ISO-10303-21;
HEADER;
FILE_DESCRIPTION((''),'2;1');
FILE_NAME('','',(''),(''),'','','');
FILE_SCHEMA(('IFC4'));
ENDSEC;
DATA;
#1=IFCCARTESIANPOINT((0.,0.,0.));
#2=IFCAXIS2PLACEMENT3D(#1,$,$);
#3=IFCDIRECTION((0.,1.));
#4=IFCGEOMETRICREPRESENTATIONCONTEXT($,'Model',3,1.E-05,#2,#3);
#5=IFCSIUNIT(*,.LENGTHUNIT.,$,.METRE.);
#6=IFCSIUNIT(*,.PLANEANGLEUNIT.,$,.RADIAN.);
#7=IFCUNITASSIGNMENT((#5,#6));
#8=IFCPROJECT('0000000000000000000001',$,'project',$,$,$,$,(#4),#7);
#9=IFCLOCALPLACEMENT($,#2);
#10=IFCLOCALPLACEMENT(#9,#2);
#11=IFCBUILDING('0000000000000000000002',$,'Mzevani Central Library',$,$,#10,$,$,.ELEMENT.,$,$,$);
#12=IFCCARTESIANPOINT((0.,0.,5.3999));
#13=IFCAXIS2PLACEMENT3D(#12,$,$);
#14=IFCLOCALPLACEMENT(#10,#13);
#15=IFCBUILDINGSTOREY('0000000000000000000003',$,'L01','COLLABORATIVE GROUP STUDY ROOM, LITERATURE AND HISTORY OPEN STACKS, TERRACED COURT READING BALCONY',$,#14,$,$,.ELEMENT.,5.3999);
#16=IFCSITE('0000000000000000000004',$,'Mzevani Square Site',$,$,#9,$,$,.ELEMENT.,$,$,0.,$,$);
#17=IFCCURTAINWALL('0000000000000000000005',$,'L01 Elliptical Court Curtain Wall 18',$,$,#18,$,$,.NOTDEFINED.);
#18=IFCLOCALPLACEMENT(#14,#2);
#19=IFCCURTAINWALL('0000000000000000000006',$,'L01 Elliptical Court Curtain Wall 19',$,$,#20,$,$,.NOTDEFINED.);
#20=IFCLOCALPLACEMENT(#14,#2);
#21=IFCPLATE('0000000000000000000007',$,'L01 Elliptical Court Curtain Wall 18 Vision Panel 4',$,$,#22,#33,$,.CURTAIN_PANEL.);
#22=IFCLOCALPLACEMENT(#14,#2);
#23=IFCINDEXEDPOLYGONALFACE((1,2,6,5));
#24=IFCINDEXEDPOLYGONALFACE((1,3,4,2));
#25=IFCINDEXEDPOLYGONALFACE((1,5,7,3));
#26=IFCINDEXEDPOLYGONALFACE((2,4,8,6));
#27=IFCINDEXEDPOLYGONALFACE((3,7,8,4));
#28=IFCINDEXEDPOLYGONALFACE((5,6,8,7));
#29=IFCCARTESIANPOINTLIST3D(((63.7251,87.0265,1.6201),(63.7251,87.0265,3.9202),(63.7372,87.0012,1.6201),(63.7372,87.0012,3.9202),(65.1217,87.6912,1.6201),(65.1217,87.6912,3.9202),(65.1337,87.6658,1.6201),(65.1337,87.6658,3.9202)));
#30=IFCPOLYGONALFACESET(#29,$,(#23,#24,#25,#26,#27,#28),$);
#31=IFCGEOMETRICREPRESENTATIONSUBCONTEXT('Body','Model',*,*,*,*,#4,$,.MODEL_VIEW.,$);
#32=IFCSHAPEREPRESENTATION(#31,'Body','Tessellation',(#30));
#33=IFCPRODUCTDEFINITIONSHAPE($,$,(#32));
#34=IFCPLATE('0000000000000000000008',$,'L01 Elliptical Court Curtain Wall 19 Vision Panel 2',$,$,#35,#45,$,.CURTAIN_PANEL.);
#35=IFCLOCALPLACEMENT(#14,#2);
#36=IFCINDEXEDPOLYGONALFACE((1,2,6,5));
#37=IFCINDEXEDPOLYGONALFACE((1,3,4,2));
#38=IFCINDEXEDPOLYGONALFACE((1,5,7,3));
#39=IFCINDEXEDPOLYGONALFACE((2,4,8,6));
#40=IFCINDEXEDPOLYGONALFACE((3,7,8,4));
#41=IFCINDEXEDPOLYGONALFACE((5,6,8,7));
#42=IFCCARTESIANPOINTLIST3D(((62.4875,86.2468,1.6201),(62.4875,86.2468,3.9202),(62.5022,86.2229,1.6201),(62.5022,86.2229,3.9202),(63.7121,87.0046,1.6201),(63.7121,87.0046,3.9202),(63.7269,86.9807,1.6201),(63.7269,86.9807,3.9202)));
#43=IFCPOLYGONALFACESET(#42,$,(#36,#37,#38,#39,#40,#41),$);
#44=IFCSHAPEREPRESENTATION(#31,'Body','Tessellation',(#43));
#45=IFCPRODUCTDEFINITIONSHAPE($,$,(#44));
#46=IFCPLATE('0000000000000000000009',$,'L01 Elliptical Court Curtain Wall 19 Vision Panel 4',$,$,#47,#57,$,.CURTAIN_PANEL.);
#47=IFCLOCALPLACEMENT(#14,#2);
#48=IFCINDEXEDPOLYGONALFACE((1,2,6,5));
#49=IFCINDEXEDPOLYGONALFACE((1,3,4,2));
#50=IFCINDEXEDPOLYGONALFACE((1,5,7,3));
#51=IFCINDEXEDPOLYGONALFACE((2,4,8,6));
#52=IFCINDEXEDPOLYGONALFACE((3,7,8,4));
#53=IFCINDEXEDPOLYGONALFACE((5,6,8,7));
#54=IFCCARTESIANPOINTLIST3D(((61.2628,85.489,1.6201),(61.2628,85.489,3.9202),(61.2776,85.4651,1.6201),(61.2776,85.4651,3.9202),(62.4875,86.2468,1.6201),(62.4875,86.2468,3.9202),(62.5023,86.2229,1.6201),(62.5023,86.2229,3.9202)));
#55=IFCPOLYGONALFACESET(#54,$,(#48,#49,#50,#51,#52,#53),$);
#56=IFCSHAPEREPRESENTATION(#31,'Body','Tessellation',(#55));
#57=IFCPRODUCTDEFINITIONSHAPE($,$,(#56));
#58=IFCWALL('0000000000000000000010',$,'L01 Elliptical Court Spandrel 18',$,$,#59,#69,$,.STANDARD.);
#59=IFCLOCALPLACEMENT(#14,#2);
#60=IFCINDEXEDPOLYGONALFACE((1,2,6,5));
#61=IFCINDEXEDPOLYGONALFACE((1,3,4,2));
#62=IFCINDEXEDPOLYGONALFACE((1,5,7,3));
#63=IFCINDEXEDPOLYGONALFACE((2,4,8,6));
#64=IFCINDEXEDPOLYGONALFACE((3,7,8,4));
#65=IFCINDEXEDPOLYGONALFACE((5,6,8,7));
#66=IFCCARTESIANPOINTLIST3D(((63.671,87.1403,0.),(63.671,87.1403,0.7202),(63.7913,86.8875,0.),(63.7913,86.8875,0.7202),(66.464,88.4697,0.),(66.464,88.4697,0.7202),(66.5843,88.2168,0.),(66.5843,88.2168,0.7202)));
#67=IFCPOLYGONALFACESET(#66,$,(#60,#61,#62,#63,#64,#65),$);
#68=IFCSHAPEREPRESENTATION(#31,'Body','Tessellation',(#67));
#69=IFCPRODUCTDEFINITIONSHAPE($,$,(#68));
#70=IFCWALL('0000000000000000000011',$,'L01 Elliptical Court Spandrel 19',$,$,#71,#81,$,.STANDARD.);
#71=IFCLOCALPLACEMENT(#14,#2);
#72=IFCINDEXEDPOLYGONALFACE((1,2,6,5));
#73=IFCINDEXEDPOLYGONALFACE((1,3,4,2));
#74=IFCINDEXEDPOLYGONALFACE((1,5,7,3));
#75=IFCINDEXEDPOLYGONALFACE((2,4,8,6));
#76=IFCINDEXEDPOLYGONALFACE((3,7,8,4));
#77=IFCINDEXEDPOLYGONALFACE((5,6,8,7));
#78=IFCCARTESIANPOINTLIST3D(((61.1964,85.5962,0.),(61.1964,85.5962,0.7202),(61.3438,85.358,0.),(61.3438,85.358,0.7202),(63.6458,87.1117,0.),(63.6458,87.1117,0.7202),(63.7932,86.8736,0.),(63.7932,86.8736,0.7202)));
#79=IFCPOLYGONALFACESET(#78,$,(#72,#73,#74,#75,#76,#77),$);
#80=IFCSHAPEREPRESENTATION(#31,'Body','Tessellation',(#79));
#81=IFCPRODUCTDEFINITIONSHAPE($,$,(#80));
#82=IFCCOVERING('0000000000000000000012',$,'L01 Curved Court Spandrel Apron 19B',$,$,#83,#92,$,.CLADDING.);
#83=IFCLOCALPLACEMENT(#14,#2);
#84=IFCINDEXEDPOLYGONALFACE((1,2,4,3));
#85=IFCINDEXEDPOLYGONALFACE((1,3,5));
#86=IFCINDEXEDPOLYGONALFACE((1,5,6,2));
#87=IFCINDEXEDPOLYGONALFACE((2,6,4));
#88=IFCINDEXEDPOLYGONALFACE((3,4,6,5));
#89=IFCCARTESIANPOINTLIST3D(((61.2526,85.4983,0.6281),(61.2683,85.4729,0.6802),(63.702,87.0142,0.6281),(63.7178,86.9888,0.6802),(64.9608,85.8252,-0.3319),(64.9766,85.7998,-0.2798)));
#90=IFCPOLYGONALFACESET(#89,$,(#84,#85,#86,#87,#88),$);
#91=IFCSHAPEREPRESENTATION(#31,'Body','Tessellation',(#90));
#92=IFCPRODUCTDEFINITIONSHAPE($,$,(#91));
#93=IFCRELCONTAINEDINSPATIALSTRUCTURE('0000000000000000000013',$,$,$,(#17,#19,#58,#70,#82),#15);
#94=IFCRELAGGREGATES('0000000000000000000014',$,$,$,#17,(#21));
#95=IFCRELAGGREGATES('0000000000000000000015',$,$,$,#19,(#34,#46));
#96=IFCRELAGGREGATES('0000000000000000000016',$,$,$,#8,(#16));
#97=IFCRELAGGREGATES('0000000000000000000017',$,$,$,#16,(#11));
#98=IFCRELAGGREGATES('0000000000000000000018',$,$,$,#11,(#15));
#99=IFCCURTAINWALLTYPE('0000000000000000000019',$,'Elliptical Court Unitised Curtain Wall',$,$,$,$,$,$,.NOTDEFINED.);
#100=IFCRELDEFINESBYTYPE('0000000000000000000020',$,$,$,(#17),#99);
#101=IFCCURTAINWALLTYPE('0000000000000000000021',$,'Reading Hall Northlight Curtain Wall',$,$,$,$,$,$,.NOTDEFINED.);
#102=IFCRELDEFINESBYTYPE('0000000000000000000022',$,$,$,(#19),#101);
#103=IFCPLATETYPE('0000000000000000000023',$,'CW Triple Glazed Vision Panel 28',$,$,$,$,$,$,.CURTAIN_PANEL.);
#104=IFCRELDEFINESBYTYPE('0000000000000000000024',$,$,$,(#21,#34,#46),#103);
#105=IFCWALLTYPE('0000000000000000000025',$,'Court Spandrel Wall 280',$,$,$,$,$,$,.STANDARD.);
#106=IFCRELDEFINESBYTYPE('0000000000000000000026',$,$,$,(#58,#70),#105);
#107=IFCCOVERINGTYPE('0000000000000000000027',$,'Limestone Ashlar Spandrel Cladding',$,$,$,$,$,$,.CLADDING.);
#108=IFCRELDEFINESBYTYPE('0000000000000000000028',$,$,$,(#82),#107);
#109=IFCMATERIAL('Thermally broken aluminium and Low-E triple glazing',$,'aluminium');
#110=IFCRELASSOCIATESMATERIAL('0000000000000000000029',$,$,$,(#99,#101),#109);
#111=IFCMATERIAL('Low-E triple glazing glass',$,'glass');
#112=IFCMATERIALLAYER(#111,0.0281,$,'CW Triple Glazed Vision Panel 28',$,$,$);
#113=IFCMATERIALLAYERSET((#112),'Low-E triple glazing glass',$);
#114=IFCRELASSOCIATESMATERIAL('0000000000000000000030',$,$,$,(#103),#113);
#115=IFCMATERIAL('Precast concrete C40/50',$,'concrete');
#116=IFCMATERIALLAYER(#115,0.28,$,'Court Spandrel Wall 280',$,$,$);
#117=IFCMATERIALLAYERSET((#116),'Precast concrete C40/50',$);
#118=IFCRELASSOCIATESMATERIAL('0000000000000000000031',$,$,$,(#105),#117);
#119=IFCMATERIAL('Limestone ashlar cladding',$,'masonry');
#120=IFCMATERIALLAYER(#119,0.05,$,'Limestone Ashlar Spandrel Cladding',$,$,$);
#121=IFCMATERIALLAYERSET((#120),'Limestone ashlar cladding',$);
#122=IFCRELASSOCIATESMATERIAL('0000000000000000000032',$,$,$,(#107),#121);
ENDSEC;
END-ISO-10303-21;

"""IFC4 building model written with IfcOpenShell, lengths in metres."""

from ifc_helpers import new_model, si_unit, direction, frame, frame_2d, origin, origin_2d, place, context, subcontext, project, spatial, polyline, rectangle, outline, extrude, material, layer, layer_set, type_object, element, aggregate, save


model = new_model("IFC4")

# Units and contexts
model_context = context("Model", 3, precision=1e-05, world=origin(), true_north=direction((0.0, 1.0)))
body_context = subcontext(model_context, "Body", "Model", "MODEL_VIEW")
ifc_project = project(units=[si_unit("LENGTHUNIT", "METRE"), si_unit("PLANEANGLEUNIT", "RADIAN")], contexts=[model_context])

# Site, building, storey
site_placement = place(None, origin())
site = spatial("IfcSite", under=ifc_project, at=site_placement, Name="Mzevani Square Site", CompositionType="ELEMENT", RefElevation=0.0)
building_placement = place(site_placement, origin())
building = spatial("IfcBuilding", under=site, at=building_placement, Name="Mzevani Central Library", CompositionType="ELEMENT")
storey_placement = place(building_placement, frame((0.0, 0.0, 5.3999)))
storey = spatial("IfcBuildingStorey", under=building, at=storey_placement, Name="L01", Description="COLLABORATIVE GROUP STUDY ROOM, LITERATURE AND HISTORY OPEN STACKS, TERRACED COURT READING BALCONY", CompositionType="ELEMENT", Elevation=5.3999)

# Curtain walls
ifc_material_1 = material(Name="Thermally broken aluminium and Low-E triple glazing", Category="aluminium")
curtain_wall_type_1 = type_object("IfcCurtainWallType", Name="Elliptical Court Unitised Curtain Wall", PredefinedType="NOTDEFINED", material=ifc_material_1)
curtain_wall_1_placement = place(storey_placement, origin())
curtain_wall_1 = element("IfcCurtainWall", 1, at=curtain_wall_1_placement, inside=storey, type_object=curtain_wall_type_1, Name="L01 Elliptical Court Curtain Wall 18", PredefinedType="NOTDEFINED")
curtain_wall_type_2 = type_object("IfcCurtainWallType", Name="Reading Hall Northlight Curtain Wall", PredefinedType="NOTDEFINED", material=ifc_material_1)
curtain_wall_2_placement = place(storey_placement, origin())
curtain_wall_2 = element("IfcCurtainWall", 2, at=curtain_wall_2_placement, inside=storey, type_object=curtain_wall_type_2, Name="L01 Elliptical Court Curtain Wall 19", PredefinedType="NOTDEFINED")

# Plates
ifc_material_2 = material(Name="Low-E triple glazing glass", Category="glass")
ifc_layer_1 = layer(ifc_material_2, 0.0281, Name="CW Triple Glazed Vision Panel 28")
ifc_layer_set_1 = layer_set([ifc_layer_1], Name="Low-E triple glazing glass")
plate_type_1 = type_object("IfcPlateType", Name="CW Triple Glazed Vision Panel 28", PredefinedType="CURTAIN_PANEL", material=ifc_layer_set_1)
plate_1_placement = place(storey_placement, frame((64.4294, 87.3462, 1.6201), z_axis=(0.0, 0.0, 1.0), x_axis=(-0.902949, -0.429748, 0.0)))
plate_1 = element("IfcPlate", 3, at=plate_1_placement, type_object=plate_type_1, Name="L01 Elliptical Court Curtain Wall 18 Vision Panel 4", PredefinedType="CURTAIN_PANEL", context=body_context, shape_type="SweptSolid", body=[
    extrude(rectangle(XDim=1.5466, YDim=0.0281, at=origin_2d()), origin(), (0.0, 0.0, 1.0), 2.3),
])
aggregate(curtain_wall_1, [plate_1])
plate_2_placement = place(storey_placement, frame((63.1072, 86.6138, 1.6201), z_axis=(0.0, 0.0, 1.0), x_axis=(-0.850358, -0.526205, 0.0)))
plate_2 = element("IfcPlate", 4, at=plate_2_placement, type_object=plate_type_1, Name="L01 Elliptical Court Curtain Wall 19 Vision Panel 2", PredefinedType="CURTAIN_PANEL", context=body_context, shape_type="SweptSolid", body=[
    extrude(rectangle(XDim=1.4402, YDim=0.0281, at=origin_2d()), origin(), (0.0, 0.0, 1.0), 2.3),
])
plate_3_placement = place(storey_placement, frame((61.8826, 85.856, 1.6201), z_axis=(0.0, 0.0, 1.0), x_axis=(-0.850358, -0.526205, 0.0)))
plate_3 = element("IfcPlate", 5, at=plate_3_placement, type_object=plate_type_1, Name="L01 Elliptical Court Curtain Wall 19 Vision Panel 4", PredefinedType="CURTAIN_PANEL", context=body_context, shape_type="SweptSolid", body=[
    extrude(rectangle(XDim=1.4402, YDim=0.0281, at=origin_2d()), origin(), (0.0, 0.0, 1.0), 2.3),
])
aggregate(curtain_wall_2, [plate_2, plate_3])

# Walls
ifc_material_3 = material(Name="Precast concrete C40/50", Category="concrete")
ifc_layer_2 = layer(ifc_material_3, 0.28, Name="Court Spandrel Wall 280")
ifc_layer_set_2 = layer_set([ifc_layer_2], Name="Precast concrete C40/50")
wall_type = type_object("IfcWallType", Name="Court Spandrel Wall 280", PredefinedType="STANDARD", material=ifc_layer_set_2)
wall_1_placement = place(storey_placement, frame((66.5242, 88.3433, 0.0), z_axis=(0.0, 0.0, 1.0), x_axis=(-0.902941, -0.429765, 0.0)))
element("IfcWall", 6, at=wall_1_placement, inside=storey, type_object=wall_type, Name="L01 Elliptical Court Spandrel 18", PredefinedType="STANDARD", context=body_context, shape_type="SweptSolid", body=[
    extrude(rectangle(XDim=3.0933, YDim=0.28, at=frame_2d((1.5466, 0.0))), origin(), (0.0, 0.0, 1.0), 0.7202),
])
wall_2_placement = place(storey_placement, frame((63.7195, 86.9927, 0.0), z_axis=(0.0, 0.0, 1.0), x_axis=(-0.850375, -0.526177, 0.0)))
element("IfcWall", 7, at=wall_2_placement, inside=storey, type_object=wall_type, Name="L01 Elliptical Court Spandrel 19", PredefinedType="STANDARD", context=body_context, shape_type="SweptSolid", body=[
    extrude(rectangle(XDim=2.8804, YDim=0.28, at=frame_2d((1.4402, 0.0))), origin(), (0.0, 0.0, 1.0), 0.7202),
])

# Covering
ifc_material_4 = material(Name="Limestone ashlar cladding", Category="masonry")
ifc_layer_3 = layer(ifc_material_4, 0.05, Name="Limestone Ashlar Spandrel Cladding")
ifc_layer_set_3 = layer_set([ifc_layer_3], Name="Limestone ashlar cladding")
covering_type = type_object("IfcCoveringType", Name="Limestone Ashlar Spandrel Cladding", PredefinedType="CLADDING", material=ifc_layer_set_3)
covering_placement = place(storey_placement, frame((64.9766, 85.7998, -0.2798), z_axis=(0.261849, -0.423117, 0.867414), x_axis=(-0.964582, -0.085034, 0.249703)))
element("IfcCovering", 8, at=covering_placement, inside=storey, type_object=covering_type, Name="L01 Curved Court Spandrel Apron 19B", PredefinedType="CLADDING", context=body_context, shape_type="SweptSolid", body=[
    extrude(outline(polyline([(0.0, 0.0), (3.8444, 0.0), (1.3528, -1.4456), (0.0, 0.0)])), origin(), (0.0, 0.0, -1.0), 0.0601),
])

save(model, "model.ifc")
